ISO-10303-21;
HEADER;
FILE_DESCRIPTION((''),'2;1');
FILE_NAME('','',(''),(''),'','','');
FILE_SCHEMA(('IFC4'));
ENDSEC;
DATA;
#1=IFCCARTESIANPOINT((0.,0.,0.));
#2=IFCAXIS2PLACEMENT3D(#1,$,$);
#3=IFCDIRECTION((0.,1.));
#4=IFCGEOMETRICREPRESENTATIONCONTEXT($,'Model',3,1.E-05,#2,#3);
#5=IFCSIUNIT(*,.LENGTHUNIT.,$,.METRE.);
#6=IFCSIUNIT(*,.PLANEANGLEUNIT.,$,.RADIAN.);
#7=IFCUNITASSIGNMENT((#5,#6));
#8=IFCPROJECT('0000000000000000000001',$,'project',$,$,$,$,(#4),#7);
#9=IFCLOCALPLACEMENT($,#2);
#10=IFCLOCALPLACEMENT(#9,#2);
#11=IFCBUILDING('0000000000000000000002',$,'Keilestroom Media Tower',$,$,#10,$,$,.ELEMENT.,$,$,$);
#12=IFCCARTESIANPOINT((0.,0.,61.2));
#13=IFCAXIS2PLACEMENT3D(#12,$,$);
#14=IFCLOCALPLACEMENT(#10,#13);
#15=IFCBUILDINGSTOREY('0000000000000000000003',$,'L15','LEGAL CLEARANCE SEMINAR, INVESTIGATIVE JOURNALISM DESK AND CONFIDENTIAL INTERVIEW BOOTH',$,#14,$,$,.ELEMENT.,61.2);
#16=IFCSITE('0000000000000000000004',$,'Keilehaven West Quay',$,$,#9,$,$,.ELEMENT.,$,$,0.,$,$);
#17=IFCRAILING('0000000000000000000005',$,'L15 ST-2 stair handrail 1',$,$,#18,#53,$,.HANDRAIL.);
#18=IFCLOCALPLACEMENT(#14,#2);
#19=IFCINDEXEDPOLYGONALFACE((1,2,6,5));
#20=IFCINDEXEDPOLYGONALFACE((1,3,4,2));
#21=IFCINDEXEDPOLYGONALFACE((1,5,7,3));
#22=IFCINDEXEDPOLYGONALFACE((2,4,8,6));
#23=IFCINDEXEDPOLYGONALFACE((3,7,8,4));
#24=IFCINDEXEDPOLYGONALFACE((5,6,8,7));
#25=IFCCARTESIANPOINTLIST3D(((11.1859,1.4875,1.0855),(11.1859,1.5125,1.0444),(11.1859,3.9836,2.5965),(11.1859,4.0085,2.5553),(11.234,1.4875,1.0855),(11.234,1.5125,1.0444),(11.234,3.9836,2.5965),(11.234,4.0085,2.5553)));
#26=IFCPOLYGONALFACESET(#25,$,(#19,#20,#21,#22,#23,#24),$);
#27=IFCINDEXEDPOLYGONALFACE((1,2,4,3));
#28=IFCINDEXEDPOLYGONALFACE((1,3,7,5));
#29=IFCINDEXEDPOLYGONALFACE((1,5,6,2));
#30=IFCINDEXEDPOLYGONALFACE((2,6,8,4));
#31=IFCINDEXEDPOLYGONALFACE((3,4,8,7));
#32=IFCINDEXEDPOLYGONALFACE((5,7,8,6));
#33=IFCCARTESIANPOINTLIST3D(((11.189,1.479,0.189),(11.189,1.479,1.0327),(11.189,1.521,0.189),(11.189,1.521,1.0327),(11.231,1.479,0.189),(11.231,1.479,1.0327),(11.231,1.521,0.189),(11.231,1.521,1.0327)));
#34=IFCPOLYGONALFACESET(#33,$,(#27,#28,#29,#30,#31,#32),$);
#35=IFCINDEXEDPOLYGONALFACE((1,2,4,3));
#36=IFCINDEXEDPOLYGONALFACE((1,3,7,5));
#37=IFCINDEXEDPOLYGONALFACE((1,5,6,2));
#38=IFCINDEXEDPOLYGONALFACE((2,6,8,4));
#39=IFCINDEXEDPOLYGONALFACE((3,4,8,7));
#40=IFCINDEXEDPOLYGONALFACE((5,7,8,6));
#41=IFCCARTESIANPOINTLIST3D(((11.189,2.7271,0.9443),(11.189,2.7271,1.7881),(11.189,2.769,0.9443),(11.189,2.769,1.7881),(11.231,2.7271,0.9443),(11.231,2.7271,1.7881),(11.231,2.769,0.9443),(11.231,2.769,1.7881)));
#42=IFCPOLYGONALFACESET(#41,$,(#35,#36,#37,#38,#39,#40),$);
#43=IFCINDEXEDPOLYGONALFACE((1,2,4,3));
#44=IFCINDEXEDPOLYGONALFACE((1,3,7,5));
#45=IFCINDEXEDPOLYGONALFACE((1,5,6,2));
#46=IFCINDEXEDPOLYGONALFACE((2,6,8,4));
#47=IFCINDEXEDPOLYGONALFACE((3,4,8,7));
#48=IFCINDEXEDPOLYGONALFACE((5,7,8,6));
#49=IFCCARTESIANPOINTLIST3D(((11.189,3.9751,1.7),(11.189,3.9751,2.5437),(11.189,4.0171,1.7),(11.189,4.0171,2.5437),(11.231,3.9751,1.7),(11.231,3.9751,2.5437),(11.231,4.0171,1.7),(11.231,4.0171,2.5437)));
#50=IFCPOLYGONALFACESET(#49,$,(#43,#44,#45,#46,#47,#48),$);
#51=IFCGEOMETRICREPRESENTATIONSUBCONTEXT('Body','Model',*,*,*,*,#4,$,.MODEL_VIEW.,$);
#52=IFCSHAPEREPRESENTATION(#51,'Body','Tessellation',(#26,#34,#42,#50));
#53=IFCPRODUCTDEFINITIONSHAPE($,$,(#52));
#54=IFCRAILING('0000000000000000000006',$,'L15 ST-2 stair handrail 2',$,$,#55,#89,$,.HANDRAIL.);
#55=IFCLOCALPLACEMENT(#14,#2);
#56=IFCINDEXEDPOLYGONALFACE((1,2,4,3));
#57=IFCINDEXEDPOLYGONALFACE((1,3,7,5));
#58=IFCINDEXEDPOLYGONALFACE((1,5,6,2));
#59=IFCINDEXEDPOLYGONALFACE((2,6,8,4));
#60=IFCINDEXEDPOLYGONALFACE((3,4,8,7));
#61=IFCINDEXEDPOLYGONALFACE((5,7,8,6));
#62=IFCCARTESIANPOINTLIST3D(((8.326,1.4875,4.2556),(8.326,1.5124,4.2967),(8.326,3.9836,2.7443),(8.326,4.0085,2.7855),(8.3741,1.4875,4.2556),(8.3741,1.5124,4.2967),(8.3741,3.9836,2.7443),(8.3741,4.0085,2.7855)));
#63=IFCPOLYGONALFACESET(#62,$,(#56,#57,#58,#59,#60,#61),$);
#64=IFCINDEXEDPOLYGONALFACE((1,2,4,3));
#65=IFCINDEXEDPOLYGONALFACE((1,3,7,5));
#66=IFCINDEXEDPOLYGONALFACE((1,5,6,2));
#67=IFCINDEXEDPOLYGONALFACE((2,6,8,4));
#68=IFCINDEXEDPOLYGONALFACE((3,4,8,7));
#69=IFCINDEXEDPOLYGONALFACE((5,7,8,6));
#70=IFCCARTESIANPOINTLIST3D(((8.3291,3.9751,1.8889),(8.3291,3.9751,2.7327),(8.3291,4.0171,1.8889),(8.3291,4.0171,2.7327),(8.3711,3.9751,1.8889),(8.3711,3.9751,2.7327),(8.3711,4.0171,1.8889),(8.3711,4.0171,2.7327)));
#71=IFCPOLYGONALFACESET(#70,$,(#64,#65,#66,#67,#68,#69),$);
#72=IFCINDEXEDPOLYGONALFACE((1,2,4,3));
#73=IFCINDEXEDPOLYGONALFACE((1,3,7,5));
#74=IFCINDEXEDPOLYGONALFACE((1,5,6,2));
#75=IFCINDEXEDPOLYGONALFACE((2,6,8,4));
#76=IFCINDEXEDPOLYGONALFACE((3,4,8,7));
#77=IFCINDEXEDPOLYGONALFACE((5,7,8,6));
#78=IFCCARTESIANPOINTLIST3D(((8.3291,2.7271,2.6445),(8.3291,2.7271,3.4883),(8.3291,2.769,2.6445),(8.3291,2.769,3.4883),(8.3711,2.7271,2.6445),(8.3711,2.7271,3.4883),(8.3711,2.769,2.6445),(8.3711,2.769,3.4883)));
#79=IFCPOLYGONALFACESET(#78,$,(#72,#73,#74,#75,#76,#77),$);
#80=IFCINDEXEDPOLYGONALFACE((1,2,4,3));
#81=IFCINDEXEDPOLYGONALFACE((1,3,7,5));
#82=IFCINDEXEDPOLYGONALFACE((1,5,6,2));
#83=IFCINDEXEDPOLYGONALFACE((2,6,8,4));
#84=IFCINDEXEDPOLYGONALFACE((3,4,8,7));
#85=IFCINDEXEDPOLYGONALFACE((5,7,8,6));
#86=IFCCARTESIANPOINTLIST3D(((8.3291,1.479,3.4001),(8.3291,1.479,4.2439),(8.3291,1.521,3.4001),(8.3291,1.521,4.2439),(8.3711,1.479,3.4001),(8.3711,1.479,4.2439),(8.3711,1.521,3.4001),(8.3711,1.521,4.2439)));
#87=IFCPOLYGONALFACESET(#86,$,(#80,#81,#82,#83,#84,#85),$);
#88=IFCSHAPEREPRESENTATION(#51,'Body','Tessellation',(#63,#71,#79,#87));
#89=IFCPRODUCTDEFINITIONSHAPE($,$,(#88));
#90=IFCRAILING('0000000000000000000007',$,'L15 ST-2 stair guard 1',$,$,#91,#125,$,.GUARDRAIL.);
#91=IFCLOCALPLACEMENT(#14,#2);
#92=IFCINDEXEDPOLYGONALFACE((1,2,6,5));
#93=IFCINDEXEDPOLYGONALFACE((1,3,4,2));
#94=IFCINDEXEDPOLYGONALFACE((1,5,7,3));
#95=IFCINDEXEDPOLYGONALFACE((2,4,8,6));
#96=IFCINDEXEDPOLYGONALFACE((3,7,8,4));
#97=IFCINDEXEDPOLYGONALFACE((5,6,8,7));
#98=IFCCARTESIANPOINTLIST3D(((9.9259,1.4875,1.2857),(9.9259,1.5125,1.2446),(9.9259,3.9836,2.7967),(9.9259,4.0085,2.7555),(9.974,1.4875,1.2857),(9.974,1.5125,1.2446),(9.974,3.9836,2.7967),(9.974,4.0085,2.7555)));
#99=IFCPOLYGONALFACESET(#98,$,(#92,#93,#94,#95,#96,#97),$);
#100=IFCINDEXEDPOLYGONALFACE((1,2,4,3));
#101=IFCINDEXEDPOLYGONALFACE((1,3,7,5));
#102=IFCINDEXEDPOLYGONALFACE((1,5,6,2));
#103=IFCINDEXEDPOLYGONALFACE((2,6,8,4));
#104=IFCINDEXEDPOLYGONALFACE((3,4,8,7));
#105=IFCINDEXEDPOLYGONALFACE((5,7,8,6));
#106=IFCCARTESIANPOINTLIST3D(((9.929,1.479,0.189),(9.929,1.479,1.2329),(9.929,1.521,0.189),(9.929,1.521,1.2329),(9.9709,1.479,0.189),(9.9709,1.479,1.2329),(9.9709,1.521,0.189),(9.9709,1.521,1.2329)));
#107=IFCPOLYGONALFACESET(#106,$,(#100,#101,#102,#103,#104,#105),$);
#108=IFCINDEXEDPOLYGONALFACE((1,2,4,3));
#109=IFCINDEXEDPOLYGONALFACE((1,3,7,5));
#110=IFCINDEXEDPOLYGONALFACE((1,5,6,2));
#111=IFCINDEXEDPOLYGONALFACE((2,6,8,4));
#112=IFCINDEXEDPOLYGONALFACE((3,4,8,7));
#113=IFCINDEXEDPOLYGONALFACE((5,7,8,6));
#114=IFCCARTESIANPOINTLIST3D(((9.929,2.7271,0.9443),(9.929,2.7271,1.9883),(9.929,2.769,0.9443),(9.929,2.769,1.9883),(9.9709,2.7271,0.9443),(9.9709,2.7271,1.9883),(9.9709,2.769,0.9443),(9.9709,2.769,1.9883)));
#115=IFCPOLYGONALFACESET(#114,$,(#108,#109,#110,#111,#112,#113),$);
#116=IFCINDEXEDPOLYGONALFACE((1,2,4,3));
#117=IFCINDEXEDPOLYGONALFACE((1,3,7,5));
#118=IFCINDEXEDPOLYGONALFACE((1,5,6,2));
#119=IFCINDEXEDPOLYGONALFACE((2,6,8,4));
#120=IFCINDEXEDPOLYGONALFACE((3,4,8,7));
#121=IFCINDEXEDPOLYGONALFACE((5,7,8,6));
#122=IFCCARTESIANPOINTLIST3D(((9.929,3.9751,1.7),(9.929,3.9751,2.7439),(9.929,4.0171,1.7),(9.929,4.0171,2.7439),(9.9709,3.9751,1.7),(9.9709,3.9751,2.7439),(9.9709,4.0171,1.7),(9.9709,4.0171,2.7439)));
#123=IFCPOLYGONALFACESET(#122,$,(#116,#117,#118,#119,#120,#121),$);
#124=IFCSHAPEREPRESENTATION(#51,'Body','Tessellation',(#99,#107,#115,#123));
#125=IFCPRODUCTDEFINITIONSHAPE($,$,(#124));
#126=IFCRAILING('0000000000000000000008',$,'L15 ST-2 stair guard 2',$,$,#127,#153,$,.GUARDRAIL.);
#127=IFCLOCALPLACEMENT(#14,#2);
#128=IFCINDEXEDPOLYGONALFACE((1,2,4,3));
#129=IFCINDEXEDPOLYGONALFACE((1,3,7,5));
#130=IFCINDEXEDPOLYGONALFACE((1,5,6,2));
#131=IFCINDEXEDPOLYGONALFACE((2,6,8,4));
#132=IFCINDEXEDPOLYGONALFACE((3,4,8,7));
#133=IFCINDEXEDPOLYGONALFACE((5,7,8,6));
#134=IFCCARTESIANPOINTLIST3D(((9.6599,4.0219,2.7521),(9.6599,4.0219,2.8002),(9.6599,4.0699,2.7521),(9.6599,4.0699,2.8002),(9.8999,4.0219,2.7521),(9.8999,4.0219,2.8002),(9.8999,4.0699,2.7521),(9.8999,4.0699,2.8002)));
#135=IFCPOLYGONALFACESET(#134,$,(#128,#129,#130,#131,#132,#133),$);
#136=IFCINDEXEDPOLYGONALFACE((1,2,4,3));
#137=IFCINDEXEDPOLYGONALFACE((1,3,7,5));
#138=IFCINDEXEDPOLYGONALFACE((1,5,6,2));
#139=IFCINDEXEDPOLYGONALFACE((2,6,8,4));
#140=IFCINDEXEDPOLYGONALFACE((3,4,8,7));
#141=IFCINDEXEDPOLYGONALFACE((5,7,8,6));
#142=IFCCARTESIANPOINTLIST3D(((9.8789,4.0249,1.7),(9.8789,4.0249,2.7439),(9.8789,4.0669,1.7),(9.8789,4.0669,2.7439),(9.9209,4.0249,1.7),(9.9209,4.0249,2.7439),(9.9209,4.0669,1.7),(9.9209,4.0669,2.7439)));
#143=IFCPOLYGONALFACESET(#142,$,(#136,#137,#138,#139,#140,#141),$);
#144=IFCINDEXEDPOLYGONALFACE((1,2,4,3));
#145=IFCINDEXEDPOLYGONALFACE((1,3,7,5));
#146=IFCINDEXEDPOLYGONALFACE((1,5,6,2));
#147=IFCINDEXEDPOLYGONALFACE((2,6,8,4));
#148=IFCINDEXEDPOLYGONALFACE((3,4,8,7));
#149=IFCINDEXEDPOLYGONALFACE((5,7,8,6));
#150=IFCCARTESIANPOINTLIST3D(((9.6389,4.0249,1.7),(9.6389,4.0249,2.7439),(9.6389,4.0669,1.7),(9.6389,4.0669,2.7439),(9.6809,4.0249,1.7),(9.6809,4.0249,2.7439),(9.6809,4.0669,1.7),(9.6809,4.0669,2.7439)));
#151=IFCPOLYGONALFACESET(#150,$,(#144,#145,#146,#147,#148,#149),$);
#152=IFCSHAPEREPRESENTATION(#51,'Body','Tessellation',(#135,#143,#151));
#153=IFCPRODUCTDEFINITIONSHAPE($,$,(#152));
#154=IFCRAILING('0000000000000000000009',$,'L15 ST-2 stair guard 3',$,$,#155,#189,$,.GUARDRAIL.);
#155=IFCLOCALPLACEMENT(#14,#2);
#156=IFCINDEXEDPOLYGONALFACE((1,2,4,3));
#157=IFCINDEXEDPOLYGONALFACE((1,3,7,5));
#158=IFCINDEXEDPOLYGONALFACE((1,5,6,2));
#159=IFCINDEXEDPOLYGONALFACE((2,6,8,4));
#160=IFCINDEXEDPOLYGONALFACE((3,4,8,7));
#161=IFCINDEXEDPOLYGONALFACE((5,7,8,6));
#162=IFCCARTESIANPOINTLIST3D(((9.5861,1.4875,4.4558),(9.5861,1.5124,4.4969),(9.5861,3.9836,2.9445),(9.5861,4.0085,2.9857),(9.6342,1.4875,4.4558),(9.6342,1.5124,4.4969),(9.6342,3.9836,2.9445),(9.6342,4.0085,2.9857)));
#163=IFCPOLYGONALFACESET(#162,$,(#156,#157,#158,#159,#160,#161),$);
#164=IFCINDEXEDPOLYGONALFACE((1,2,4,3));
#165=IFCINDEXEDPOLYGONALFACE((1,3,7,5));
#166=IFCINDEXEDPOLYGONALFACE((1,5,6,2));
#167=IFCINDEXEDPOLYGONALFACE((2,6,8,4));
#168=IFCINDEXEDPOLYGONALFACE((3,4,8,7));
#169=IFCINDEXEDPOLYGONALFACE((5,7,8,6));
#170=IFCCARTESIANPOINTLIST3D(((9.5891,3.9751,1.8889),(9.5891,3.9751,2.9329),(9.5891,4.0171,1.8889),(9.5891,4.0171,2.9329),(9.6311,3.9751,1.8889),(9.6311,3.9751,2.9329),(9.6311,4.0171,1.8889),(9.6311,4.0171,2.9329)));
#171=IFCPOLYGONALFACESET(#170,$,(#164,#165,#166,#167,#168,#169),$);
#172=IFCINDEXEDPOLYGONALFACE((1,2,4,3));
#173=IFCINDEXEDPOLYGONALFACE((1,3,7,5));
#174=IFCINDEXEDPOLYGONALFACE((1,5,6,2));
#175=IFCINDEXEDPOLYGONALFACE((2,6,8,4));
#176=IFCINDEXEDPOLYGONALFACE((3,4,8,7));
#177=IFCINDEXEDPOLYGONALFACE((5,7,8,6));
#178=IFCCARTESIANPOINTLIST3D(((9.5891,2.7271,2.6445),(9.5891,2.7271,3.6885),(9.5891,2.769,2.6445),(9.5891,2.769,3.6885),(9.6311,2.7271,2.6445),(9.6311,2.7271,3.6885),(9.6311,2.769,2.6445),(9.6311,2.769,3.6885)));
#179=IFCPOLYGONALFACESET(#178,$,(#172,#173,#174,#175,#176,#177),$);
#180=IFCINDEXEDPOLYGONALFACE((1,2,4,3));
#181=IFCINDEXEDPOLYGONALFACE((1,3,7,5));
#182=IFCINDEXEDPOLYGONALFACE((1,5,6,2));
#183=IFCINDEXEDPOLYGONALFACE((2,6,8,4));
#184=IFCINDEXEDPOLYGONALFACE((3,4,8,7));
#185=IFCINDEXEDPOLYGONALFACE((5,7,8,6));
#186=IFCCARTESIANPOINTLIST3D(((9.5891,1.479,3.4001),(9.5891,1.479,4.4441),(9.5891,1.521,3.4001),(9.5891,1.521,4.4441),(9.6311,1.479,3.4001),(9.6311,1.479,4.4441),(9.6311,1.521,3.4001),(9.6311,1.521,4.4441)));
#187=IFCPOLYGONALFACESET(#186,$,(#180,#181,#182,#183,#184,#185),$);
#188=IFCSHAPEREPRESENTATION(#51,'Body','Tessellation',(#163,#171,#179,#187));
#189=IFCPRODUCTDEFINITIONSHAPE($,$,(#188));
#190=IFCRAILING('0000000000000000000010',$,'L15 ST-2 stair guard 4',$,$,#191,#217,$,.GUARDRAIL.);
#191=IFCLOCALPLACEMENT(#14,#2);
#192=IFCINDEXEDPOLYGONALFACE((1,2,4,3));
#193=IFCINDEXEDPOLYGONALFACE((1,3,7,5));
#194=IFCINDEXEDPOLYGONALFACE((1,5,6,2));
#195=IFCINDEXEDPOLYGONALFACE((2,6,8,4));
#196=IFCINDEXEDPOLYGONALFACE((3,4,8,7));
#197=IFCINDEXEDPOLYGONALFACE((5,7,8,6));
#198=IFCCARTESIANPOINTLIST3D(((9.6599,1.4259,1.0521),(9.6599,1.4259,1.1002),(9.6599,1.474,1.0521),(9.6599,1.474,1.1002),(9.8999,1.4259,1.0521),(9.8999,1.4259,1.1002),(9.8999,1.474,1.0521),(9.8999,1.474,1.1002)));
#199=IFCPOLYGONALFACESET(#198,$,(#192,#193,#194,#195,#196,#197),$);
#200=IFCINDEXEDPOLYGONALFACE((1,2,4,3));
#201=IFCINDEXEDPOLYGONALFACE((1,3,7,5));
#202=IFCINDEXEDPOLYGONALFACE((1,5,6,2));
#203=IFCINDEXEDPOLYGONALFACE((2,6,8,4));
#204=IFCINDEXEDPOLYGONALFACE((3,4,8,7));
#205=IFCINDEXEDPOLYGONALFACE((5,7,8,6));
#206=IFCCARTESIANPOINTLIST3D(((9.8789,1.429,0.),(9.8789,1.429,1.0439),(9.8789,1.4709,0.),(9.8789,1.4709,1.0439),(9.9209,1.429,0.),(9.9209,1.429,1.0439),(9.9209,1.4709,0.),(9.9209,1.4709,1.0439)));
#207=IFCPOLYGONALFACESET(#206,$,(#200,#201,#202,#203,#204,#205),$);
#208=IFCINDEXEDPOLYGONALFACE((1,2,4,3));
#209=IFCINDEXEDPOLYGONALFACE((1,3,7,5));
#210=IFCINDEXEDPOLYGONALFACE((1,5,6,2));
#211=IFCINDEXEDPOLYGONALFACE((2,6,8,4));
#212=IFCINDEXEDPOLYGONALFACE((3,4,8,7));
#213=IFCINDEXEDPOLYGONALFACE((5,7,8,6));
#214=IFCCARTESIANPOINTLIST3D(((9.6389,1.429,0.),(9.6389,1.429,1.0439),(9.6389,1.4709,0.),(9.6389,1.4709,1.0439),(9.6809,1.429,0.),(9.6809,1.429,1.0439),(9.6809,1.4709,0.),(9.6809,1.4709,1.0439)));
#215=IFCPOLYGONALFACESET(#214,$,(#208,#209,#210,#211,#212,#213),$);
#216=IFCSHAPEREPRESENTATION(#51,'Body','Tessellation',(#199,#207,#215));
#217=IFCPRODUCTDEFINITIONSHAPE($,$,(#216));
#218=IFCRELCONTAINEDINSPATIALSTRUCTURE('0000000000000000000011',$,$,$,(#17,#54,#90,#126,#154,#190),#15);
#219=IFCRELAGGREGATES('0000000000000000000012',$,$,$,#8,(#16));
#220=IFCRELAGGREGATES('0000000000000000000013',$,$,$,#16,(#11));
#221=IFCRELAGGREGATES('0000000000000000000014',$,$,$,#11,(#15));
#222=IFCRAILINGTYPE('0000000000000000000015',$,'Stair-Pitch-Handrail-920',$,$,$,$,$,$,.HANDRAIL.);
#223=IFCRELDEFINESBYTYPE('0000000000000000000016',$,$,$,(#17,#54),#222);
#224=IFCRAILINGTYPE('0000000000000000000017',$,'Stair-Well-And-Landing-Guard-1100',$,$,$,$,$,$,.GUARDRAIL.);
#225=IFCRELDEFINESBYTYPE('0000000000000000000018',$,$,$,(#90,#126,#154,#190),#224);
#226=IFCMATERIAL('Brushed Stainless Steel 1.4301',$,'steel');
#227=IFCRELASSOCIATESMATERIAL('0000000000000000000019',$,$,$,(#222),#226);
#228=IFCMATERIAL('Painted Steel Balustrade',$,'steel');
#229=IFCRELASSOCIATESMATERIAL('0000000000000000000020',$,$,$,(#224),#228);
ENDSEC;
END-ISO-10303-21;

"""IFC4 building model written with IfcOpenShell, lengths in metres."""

from ifc_helpers import new_model, si_unit, direction, frame, origin, origin_2d, place, context, subcontext, project, spatial, rectangle, extrude, material, type_object, element, save


model = new_model("IFC4")

# Units and contexts
model_context = context("Model", 3, precision=1e-05, world=origin(), true_north=direction((0.0, 1.0)))
body_context = subcontext(model_context, "Body", "Model", "MODEL_VIEW")
ifc_project = project(units=[si_unit("LENGTHUNIT", "METRE"), si_unit("PLANEANGLEUNIT", "RADIAN")], contexts=[model_context])

# Site, building, storey
site_placement = place(None, origin())
site = spatial("IfcSite", under=ifc_project, at=site_placement, Name="Keilehaven West Quay", CompositionType="ELEMENT", RefElevation=0.0)
building_placement = place(site_placement, origin())
building = spatial("IfcBuilding", under=site, at=building_placement, Name="Keilestroom Media Tower", CompositionType="ELEMENT")
storey_placement = place(building_placement, frame((0.0, 0.0, 61.2)))
storey = spatial("IfcBuildingStorey", under=building, at=storey_placement, Name="L15", Description="LEGAL CLEARANCE SEMINAR, INVESTIGATIVE JOURNALISM DESK AND CONFIDENTIAL INTERVIEW BOOTH", CompositionType="ELEMENT", Elevation=61.2)

# Railings
ifc_material_1 = material(Name="Brushed Stainless Steel 1.4301", Category="steel")
railing_type_1 = type_object("IfcRailingType", Name="Stair-Pitch-Handrail-920", PredefinedType="HANDRAIL", material=ifc_material_1)
railing_1_placement = place(storey_placement, frame((11.21, 1.5, 0.189)))
element("IfcRailing", 1, at=railing_1_placement, inside=storey, type_object=railing_type_1, Name="L15 ST-2 stair handrail 1", PredefinedType="HANDRAIL", context=body_context, shape_type="SweptSolid", body=[
    extrude(rectangle(XDim=0.0481, YDim=0.0481, at=origin_2d()), frame((0.0, 0.0, 0.876), z_axis=(0.0, 0.855471, 0.517851), x_axis=(-1.0, 0.0, 0.0)), (0.0, 0.0, 1.0), 2.9177),
    extrude(rectangle(XDim=0.042, YDim=0.042, at=origin_2d()), origin(), (0.0, 0.0, 1.0), 0.8438),
    extrude(rectangle(XDim=0.042, YDim=0.042, at=origin_2d()), frame((0.0, 1.248, 0.7554)), (0.0, 0.0, 1.0), 0.8438),
    extrude(rectangle(XDim=0.042, YDim=0.042, at=origin_2d()), frame((0.0, 2.4961, 1.511)), (0.0, 0.0, 1.0), 0.8438),
])
railing_2_placement = place(storey_placement, frame((8.3501, 3.9961, 1.8889)))
element("IfcRailing", 2, at=railing_2_placement, inside=storey, type_object=railing_type_1, Name="L15 ST-2 stair handrail 2", PredefinedType="HANDRAIL", context=body_context, shape_type="SweptSolid", body=[
    extrude(rectangle(XDim=0.0481, YDim=0.0481, at=origin_2d()), frame((0.0, 0.0, 0.876), z_axis=(0.0, -0.855434, 0.517912), x_axis=(1.0, 0.0, 0.0)), (0.0, 0.0, 1.0), 2.918),
    extrude(rectangle(XDim=0.042, YDim=0.042, at=origin_2d()), origin(), (0.0, 0.0, 1.0), 0.8438),
    extrude(rectangle(XDim=0.042, YDim=0.042, at=origin_2d()), frame((0.0, -1.248, 0.7556)), (0.0, 0.0, 1.0), 0.8438),
    extrude(rectangle(XDim=0.042, YDim=0.042, at=origin_2d()), frame((0.0, -2.4961, 1.5112)), (0.0, 0.0, 1.0), 0.8438),
])
ifc_material_2 = material(Name="Painted Steel Balustrade", Category="steel")
railing_type_2 = type_object("IfcRailingType", Name="Stair-Well-And-Landing-Guard-1100", PredefinedType="GUARDRAIL", material=ifc_material_2)
railing_3_placement = place(storey_placement, frame((9.95, 1.5, 0.189)))
element("IfcRailing", 3, at=railing_3_placement, inside=storey, type_object=railing_type_2, Name="L15 ST-2 stair guard 1", PredefinedType="GUARDRAIL", context=body_context, shape_type="SweptSolid", body=[
    extrude(rectangle(XDim=0.0481, YDim=0.0481, at=origin_2d()), frame((0.0, 0.0, 1.0762), z_axis=(0.0, 0.855471, 0.517851), x_axis=(-1.0, 0.0, 0.0)), (0.0, 0.0, 1.0), 2.9177),
    extrude(rectangle(XDim=0.042, YDim=0.042, at=origin_2d()), origin(), (0.0, 0.0, 1.0), 1.0439),
    extrude(rectangle(XDim=0.042, YDim=0.042, at=origin_2d()), frame((0.0, 1.248, 0.7554)), (0.0, 0.0, 1.0), 1.0439),
    extrude(rectangle(XDim=0.042, YDim=0.042, at=origin_2d()), frame((0.0, 2.4961, 1.511)), (0.0, 0.0, 1.0), 1.0439),
])
railing_4_placement = place(storey_placement, frame((9.8999, 4.0459, 1.7)))
element("IfcRailing", 4, at=railing_4_placement, inside=storey, type_object=railing_type_2, Name="L15 ST-2 stair guard 2", PredefinedType="GUARDRAIL", context=body_context, shape_type="SweptSolid", body=[
    extrude(rectangle(XDim=0.0481, YDim=0.0481, at=origin_2d()), frame((0.0, 0.0, 1.0762), z_axis=(-1.0, 0.0, 0.0), x_axis=(0.0, -1.0, 0.0)), (0.0, 0.0, 1.0), 0.24),
    extrude(rectangle(XDim=0.042, YDim=0.042, at=origin_2d()), origin(), (0.0, 0.0, 1.0), 1.0439),
    extrude(rectangle(XDim=0.042, YDim=0.042, at=origin_2d()), frame((-0.24, 0.0, 0.0)), (0.0, 0.0, 1.0), 1.0439),
])
railing_5_placement = place(storey_placement, frame((9.6101, 3.9961, 1.8889)))
element("IfcRailing", 5, at=railing_5_placement, inside=storey, type_object=railing_type_2, Name="L15 ST-2 stair guard 3", PredefinedType="GUARDRAIL", context=body_context, shape_type="SweptSolid", body=[
    extrude(rectangle(XDim=0.0481, YDim=0.0481, at=origin_2d()), frame((0.0, 0.0, 1.0762), z_axis=(0.0, -0.855434, 0.517912), x_axis=(1.0, 0.0, 0.0)), (0.0, 0.0, 1.0), 2.918),
    extrude(rectangle(XDim=0.042, YDim=0.042, at=origin_2d()), origin(), (0.0, 0.0, 1.0), 1.0439),
    extrude(rectangle(XDim=0.042, YDim=0.042, at=origin_2d()), frame((0.0, -1.248, 0.7556)), (0.0, 0.0, 1.0), 1.0439),
    extrude(rectangle(XDim=0.042, YDim=0.042, at=origin_2d()), frame((0.0, -2.4961, 1.5112)), (0.0, 0.0, 1.0), 1.0439),
])
railing_6_placement = place(storey_placement, frame((9.8999, 1.45, 0.0)))
element("IfcRailing", 6, at=railing_6_placement, inside=storey, type_object=railing_type_2, Name="L15 ST-2 stair guard 4", PredefinedType="GUARDRAIL", context=body_context, shape_type="SweptSolid", body=[
    extrude(rectangle(XDim=0.0481, YDim=0.0481, at=origin_2d()), frame((0.0, 0.0, 1.0762), z_axis=(-1.0, 0.0, 0.0), x_axis=(0.0, -1.0, 0.0)), (0.0, 0.0, 1.0), 0.24),
    extrude(rectangle(XDim=0.042, YDim=0.042, at=origin_2d()), origin(), (0.0, 0.0, 1.0), 1.0439),
    extrude(rectangle(XDim=0.042, YDim=0.042, at=origin_2d()), frame((-0.24, 0.0, 0.0)), (0.0, 0.0, 1.0), 1.0439),
])

save(model, "model.ifc")
